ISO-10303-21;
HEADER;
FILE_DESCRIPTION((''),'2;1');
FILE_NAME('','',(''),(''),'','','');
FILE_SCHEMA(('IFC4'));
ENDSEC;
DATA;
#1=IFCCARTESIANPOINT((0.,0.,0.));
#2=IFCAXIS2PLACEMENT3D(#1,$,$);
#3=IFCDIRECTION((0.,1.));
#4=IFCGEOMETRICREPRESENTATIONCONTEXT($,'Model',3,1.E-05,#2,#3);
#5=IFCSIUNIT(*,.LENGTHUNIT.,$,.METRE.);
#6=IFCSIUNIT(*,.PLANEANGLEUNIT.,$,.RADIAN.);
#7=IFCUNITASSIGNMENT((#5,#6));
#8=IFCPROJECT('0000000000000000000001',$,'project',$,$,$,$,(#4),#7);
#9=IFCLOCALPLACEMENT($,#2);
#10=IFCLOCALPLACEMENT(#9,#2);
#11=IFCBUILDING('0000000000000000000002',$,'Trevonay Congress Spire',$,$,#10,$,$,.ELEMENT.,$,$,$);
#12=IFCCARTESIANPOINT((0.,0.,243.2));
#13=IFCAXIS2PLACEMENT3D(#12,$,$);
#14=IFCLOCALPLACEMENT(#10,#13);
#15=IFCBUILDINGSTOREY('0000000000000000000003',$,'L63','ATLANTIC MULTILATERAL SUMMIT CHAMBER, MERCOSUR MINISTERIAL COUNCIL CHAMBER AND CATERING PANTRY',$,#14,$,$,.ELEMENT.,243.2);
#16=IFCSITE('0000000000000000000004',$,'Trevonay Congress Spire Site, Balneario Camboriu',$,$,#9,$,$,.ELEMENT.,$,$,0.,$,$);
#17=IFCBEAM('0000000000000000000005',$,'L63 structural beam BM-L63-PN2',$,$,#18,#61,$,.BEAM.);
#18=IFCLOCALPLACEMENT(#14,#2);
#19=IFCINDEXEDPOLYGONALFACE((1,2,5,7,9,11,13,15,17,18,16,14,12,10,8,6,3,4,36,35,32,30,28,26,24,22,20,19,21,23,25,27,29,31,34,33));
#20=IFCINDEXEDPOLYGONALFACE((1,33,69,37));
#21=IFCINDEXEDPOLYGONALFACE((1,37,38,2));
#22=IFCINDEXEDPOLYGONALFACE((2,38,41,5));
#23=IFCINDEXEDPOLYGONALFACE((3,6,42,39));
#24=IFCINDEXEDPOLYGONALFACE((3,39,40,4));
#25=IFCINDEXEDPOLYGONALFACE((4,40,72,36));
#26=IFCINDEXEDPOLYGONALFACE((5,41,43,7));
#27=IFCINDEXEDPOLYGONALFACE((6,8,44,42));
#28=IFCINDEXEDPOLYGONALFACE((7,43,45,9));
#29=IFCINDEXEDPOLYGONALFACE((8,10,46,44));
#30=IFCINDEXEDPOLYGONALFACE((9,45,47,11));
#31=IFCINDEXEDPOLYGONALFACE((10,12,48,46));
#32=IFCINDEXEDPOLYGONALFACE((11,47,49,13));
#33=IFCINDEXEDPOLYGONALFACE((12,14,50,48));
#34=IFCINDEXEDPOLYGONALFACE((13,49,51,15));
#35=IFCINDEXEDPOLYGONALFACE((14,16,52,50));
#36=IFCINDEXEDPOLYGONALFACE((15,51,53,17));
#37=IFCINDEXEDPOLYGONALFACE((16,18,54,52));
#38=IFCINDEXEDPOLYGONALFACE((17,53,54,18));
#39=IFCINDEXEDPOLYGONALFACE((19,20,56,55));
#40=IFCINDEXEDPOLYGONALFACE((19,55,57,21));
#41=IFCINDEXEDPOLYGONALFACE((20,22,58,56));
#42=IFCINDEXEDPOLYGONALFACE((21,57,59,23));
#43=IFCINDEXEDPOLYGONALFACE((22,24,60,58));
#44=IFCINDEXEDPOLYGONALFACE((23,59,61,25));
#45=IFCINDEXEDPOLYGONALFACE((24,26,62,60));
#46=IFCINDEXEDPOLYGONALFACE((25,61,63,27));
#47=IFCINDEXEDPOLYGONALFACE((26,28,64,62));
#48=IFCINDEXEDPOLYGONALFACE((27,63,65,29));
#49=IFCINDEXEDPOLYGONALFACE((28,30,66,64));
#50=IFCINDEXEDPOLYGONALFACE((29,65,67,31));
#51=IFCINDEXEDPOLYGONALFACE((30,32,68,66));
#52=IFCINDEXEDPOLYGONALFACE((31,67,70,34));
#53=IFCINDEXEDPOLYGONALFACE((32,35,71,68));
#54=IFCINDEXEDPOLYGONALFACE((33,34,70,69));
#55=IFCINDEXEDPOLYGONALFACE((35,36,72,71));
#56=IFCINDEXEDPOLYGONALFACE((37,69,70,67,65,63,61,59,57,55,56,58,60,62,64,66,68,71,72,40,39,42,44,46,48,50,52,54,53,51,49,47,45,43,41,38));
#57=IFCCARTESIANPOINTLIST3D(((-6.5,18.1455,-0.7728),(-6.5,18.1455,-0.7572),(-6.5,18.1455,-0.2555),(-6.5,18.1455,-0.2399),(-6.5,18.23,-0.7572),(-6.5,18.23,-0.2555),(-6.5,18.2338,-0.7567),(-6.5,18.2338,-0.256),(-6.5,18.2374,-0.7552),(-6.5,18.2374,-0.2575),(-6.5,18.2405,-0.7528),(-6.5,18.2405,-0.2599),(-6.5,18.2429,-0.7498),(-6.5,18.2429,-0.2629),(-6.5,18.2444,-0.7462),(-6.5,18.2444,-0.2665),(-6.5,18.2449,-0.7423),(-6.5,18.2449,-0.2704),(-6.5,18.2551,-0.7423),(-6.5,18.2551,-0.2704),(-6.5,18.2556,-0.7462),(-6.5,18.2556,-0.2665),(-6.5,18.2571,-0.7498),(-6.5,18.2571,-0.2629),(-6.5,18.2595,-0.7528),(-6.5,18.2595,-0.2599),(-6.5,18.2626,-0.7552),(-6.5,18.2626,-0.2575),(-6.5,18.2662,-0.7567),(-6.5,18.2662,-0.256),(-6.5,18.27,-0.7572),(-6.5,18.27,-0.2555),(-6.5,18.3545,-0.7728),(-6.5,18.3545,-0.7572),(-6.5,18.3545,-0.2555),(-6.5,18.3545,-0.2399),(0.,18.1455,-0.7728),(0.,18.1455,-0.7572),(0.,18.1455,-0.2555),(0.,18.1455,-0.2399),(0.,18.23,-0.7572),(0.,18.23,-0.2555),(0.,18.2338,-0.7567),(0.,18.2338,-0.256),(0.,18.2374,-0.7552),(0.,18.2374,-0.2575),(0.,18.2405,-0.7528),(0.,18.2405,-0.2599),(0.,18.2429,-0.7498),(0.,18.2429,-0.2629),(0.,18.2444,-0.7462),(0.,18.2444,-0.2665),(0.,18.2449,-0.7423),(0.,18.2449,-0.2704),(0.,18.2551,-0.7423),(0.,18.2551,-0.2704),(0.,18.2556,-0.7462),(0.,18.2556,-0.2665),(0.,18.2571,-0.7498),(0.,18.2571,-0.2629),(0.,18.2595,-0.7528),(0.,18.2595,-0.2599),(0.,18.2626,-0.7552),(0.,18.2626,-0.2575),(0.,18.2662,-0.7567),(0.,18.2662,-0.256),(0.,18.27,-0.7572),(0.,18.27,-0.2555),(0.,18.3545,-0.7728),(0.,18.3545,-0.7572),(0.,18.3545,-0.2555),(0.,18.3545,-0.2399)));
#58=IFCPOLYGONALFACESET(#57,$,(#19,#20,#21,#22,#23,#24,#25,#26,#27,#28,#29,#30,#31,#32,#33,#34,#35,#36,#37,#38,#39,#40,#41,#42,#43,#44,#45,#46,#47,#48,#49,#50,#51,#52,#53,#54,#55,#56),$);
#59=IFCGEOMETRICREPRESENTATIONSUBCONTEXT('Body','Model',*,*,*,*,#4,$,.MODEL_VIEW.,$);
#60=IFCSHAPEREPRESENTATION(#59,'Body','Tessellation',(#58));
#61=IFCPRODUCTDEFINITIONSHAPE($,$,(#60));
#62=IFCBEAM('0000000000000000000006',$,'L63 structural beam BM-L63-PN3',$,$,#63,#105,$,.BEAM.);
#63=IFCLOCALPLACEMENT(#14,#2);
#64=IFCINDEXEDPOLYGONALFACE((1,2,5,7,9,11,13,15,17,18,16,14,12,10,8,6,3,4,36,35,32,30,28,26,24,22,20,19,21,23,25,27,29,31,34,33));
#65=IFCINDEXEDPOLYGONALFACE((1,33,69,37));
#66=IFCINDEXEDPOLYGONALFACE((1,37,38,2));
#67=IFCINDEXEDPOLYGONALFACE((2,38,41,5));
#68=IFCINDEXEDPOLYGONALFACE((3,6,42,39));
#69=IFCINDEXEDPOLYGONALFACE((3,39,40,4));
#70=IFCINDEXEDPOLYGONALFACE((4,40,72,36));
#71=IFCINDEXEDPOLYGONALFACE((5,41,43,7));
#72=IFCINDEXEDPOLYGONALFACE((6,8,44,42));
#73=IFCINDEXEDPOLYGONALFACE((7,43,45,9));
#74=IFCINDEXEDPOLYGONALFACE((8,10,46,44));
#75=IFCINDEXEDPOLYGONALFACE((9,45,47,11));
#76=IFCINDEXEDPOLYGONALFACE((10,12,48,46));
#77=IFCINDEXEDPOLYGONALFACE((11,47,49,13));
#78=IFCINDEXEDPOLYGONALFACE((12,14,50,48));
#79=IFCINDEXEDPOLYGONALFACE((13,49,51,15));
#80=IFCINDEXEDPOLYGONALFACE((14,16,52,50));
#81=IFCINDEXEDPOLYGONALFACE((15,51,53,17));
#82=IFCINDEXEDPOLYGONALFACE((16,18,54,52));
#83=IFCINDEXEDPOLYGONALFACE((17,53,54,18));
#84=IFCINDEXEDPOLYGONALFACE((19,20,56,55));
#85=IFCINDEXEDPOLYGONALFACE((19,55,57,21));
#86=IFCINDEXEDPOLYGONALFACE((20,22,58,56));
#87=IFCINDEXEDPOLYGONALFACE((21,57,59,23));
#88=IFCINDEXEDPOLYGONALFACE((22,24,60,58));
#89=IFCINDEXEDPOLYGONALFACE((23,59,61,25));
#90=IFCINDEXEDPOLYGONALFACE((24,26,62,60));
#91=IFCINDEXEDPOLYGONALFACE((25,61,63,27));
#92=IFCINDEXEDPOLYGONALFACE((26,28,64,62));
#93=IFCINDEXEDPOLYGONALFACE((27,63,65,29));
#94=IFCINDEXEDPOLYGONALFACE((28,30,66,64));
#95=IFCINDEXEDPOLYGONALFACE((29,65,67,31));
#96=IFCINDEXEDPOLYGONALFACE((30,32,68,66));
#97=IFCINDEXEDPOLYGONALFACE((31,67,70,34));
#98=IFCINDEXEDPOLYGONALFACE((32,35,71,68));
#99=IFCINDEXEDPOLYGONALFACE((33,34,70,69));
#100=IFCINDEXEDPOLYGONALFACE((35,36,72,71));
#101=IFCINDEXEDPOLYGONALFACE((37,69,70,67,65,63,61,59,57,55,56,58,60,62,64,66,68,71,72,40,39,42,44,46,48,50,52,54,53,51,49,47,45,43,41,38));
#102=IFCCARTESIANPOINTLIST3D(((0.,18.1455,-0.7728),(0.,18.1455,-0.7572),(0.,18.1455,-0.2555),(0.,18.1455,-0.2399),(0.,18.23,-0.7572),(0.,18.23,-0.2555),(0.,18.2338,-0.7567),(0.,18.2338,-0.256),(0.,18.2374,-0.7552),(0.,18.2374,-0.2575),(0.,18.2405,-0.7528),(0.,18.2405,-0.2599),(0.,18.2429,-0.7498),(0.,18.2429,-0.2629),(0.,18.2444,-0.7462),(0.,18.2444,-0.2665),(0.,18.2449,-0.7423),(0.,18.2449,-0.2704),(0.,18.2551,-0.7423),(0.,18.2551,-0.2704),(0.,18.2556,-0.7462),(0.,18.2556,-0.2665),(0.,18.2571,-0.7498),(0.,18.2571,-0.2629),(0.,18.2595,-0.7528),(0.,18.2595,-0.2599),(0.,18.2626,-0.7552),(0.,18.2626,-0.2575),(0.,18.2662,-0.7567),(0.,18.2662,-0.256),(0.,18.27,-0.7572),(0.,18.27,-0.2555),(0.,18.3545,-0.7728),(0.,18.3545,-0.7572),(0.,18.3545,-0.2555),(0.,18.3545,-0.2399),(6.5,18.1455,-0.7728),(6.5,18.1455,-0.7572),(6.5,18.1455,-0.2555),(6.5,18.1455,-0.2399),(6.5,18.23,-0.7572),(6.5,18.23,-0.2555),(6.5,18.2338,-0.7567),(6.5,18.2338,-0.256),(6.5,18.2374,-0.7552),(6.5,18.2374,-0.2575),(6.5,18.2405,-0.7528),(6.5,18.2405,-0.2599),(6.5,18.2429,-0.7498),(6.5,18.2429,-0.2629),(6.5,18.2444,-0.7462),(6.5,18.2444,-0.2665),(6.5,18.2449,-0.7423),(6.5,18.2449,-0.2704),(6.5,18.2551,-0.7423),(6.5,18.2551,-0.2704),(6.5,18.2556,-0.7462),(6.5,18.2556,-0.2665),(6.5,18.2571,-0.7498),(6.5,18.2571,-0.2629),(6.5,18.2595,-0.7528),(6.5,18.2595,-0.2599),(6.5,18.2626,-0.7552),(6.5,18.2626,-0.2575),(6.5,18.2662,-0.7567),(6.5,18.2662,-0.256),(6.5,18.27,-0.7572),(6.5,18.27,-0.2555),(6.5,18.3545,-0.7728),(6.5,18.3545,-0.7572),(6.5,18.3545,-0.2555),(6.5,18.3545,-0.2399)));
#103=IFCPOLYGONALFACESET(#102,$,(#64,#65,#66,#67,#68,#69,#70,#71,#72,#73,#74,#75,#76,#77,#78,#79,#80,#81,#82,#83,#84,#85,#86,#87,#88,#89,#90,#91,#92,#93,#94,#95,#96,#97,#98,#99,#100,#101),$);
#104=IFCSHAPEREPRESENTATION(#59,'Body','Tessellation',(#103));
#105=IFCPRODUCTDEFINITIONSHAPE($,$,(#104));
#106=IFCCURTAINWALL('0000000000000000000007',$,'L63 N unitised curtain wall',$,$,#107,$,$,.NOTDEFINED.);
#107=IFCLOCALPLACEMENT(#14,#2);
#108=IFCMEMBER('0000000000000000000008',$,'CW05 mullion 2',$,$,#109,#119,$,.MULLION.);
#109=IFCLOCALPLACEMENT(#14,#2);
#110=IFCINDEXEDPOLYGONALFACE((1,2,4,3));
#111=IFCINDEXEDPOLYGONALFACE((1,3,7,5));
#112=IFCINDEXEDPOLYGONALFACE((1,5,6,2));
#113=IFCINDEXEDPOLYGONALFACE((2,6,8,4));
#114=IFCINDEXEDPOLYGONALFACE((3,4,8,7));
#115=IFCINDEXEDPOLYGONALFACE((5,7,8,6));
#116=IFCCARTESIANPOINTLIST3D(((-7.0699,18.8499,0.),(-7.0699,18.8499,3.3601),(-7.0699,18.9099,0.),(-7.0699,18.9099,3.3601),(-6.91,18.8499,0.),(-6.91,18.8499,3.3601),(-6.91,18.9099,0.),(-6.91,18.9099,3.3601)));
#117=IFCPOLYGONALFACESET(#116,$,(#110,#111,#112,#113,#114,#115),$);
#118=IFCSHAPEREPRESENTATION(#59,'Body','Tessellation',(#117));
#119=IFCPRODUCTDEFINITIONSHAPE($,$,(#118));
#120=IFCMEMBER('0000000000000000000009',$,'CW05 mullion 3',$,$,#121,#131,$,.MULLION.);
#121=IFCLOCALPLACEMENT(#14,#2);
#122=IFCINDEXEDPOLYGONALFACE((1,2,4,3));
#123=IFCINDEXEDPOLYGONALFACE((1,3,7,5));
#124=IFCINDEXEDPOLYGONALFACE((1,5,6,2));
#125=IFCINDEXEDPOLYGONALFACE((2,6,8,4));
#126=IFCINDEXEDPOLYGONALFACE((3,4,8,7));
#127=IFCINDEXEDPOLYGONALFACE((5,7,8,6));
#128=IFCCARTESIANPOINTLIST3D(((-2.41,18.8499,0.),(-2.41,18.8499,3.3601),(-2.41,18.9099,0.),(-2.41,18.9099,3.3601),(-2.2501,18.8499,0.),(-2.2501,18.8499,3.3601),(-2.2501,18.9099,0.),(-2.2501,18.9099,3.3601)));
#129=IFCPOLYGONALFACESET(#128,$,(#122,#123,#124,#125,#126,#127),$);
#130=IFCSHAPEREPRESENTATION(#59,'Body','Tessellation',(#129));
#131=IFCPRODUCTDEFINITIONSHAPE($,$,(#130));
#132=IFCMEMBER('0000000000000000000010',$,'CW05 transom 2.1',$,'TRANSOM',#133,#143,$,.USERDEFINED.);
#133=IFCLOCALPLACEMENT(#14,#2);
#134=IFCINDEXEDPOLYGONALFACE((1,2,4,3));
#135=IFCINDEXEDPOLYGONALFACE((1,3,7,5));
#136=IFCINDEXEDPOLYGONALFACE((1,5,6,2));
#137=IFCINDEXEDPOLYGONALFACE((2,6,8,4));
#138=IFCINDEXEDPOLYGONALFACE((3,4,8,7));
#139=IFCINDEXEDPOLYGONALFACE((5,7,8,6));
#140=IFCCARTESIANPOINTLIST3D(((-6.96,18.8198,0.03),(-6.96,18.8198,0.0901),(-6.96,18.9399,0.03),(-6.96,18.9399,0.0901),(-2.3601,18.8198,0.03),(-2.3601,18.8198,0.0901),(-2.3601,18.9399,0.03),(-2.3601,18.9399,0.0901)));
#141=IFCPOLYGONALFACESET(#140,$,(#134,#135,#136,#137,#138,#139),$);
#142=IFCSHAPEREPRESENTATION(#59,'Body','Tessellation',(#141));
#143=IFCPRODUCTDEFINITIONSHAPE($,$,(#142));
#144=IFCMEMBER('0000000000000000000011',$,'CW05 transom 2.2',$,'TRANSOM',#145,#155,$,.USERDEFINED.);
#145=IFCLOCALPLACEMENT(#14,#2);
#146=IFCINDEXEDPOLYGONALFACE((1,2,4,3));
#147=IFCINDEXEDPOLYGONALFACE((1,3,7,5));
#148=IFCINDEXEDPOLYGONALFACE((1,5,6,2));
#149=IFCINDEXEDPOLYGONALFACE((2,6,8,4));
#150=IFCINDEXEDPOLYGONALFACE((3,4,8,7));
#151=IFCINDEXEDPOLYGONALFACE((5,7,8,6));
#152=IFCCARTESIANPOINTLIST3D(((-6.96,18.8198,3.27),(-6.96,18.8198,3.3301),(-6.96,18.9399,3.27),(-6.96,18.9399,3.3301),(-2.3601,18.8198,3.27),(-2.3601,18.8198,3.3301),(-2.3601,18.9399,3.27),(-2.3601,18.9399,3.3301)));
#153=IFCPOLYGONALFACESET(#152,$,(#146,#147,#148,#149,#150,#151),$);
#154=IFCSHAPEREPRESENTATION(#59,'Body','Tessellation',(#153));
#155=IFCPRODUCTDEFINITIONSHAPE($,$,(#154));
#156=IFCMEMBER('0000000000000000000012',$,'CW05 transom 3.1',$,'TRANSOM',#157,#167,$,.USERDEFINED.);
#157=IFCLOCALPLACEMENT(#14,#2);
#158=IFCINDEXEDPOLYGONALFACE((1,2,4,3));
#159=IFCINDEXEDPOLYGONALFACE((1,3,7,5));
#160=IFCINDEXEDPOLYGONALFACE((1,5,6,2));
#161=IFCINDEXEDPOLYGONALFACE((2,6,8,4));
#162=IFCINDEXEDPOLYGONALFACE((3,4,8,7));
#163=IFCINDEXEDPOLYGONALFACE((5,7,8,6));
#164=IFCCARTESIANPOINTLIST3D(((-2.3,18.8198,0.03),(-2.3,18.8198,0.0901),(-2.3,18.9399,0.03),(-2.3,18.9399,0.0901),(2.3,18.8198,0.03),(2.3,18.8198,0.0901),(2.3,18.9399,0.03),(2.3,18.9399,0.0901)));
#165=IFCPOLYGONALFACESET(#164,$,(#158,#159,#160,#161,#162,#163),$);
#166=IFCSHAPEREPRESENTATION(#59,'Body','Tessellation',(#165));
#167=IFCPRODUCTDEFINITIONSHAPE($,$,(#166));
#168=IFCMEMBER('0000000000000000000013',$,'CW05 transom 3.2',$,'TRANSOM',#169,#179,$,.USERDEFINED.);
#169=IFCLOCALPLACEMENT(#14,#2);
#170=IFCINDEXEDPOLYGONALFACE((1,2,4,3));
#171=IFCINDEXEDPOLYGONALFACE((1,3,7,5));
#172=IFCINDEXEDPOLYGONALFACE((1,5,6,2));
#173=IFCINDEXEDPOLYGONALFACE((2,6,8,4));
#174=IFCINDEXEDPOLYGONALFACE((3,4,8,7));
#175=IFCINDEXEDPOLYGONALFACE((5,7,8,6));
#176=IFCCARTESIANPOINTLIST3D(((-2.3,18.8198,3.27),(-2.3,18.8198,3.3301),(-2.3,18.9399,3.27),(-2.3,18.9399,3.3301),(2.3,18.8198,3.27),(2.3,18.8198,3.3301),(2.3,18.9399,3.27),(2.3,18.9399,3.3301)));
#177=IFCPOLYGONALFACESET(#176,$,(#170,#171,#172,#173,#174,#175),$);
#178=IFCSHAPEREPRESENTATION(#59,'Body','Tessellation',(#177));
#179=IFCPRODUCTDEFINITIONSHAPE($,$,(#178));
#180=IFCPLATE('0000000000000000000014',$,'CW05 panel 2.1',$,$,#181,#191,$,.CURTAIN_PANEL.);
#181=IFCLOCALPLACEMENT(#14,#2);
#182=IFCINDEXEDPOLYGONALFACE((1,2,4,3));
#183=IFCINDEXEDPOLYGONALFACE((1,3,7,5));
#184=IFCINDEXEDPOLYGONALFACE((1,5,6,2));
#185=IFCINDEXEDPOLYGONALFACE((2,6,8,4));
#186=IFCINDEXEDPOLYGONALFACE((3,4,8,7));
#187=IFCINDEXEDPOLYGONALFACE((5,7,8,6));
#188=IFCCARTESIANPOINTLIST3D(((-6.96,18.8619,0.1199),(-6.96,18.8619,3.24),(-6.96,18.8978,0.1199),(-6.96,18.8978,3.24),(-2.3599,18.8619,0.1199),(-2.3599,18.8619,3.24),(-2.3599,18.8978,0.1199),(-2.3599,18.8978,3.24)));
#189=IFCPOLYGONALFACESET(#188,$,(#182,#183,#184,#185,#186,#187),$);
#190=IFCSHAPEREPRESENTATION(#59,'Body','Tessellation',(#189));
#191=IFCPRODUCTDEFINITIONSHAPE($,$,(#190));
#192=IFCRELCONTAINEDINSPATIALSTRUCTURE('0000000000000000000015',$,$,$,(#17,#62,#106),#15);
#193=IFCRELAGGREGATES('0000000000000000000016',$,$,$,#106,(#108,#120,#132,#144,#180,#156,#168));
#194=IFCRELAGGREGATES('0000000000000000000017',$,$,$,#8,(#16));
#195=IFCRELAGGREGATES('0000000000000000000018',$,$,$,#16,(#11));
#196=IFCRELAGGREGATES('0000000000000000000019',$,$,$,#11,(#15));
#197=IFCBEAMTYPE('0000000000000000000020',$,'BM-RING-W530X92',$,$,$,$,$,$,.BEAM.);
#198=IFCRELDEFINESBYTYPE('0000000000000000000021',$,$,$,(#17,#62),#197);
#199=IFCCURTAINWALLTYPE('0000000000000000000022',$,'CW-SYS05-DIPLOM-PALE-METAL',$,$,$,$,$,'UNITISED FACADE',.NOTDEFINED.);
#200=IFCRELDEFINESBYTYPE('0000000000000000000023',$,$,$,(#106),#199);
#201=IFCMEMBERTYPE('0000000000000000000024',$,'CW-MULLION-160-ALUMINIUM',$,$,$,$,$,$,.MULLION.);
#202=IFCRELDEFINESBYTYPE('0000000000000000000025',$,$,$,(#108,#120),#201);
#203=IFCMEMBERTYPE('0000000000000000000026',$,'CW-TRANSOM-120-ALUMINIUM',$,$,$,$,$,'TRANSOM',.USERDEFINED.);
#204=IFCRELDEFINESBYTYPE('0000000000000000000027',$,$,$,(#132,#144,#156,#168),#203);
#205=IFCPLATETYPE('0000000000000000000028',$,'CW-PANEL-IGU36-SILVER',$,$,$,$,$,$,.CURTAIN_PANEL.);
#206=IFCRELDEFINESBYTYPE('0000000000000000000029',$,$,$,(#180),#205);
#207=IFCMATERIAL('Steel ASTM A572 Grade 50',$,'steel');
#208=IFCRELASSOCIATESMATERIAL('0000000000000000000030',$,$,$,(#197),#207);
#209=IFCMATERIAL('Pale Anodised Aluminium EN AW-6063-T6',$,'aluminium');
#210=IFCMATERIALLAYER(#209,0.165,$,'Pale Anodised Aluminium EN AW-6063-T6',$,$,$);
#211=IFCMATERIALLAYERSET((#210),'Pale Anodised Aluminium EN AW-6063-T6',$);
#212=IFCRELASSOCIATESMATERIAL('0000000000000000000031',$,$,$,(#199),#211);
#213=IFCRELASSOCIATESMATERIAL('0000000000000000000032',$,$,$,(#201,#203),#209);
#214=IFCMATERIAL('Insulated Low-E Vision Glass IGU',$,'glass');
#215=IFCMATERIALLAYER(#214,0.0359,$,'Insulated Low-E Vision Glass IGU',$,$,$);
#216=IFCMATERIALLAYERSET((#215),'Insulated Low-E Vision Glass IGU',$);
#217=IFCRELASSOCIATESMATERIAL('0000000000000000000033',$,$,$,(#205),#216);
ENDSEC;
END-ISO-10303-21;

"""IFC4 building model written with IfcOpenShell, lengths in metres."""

from ifc_helpers import new_model, si_unit, direction, frame, origin, origin_2d, place, context, subcontext, project, spatial, rectangle, i_section, extrude, material, layer, layer_set, material_profile, profile_set, type_object, element, aggregate, save


model = new_model("IFC4")

# Units and contexts
model_context = context("Model", 3, precision=1e-05, world=origin(), true_north=direction((0.0, 1.0)))
body_context = subcontext(model_context, "Body", "Model", "MODEL_VIEW")
ifc_project = project(units=[si_unit("LENGTHUNIT", "METRE"), si_unit("PLANEANGLEUNIT", "RADIAN")], contexts=[model_context])

# Site, building, storey
site_placement = place(None, origin())
site = spatial("IfcSite", under=ifc_project, at=site_placement, Name="Trevonay Congress Spire Site, Balneario Camboriu", CompositionType="ELEMENT", RefElevation=0.0)
building_placement = place(site_placement, origin())
building = spatial("IfcBuilding", under=site, at=building_placement, Name="Trevonay Congress Spire", CompositionType="ELEMENT")
storey_placement = place(building_placement, frame((0.0, 0.0, 243.2)))
storey = spatial("IfcBuildingStorey", under=building, at=storey_placement, Name="L63", Description="ATLANTIC MULTILATERAL SUMMIT CHAMBER, MERCOSUR MINISTERIAL COUNCIL CHAMBER AND CATERING PANTRY", CompositionType="ELEMENT", Elevation=243.2)

# Shared definitions
ifc_material_1 = material(Name="Steel ASTM A572 Grade 50", Category="steel")

# Beams
ifc_material_profile_1 = material_profile(ifc_material_1, i_section(OverallWidth=0.209, OverallDepth=0.533, WebThickness=0.0103, FlangeThickness=0.0156, FilletRadius=0.0149, at=origin_2d()), Name="W530x92")
ifc_profile_set_1 = profile_set([ifc_material_profile_1], Name="Steel ASTM A572 Grade 50")
beam_type_1 = type_object("IfcBeamType", Name="BM-RING-W530X92", PredefinedType="BEAM", material=ifc_profile_set_1)
for number, where, z_axis, x_axis, name in (
    (1, (-6.5, 18.25, -0.5063), (1.0, 0.0, 0.0), (0.0, 1.0, 0.0), "L63 structural beam BM-L63-PN2"),
    (2, (0.0, 18.25, -0.5063), (1.0, 0.0, 0.0), (0.0, 1.0, 0.0), "L63 structural beam BM-L63-PN3"),
):
    element("IfcBeam", number, at=place(storey_placement, frame(where, z_axis=z_axis, x_axis=x_axis)), inside=storey, type_object=beam_type_1, Name=name, PredefinedType="BEAM", context=body_context, shape_type="SweptSolid", body=[
        extrude(i_section(OverallWidth=0.209, OverallDepth=0.533, WebThickness=0.0103, FlangeThickness=0.0156, FilletRadius=0.0149, at=origin_2d()), origin(), (0.0, 0.0, 1.0), 6.5),
    ])

# Curtain wall, members, plate
ifc_material_2 = material(Name="Pale Anodised Aluminium EN AW-6063-T6", Category="aluminium")
ifc_layer_1 = layer(ifc_material_2, 0.165, Name="Pale Anodised Aluminium EN AW-6063-T6")
ifc_layer_set_1 = layer_set([ifc_layer_1], Name="Pale Anodised Aluminium EN AW-6063-T6")
curtain_wall_type = type_object("IfcCurtainWallType", Name="CW-SYS05-DIPLOM-PALE-METAL", ElementType="UNITISED FACADE", PredefinedType="NOTDEFINED", material=ifc_layer_set_1)
curtain_wall_placement = place(storey_placement, origin())
curtain_wall = element("IfcCurtainWall", 3, at=curtain_wall_placement, inside=storey, type_object=curtain_wall_type, Name="L63 N unitised curtain wall", PredefinedType="NOTDEFINED")
ifc_material_profile_2 = material_profile(ifc_material_2, rectangle(XDim=0.0601, YDim=0.1599, at=origin_2d()), Name="CW-MULLION-160-ALUMINIUM")
ifc_profile_set_2 = profile_set([ifc_material_profile_2], Name="Pale Anodised Aluminium EN AW-6063-T6")
member_type_1 = type_object("IfcMemberType", Name="CW-MULLION-160-ALUMINIUM", PredefinedType="MULLION", material=ifc_profile_set_2)
member_1_placement = place(storey_placement, frame((-6.99, 18.8799, 0.0), z_axis=(0.0, 0.0, 1.0), x_axis=(0.0, 1.0, 0.0)))
member_1 = element("IfcMember", 4, at=member_1_placement, type_object=member_type_1, Name="CW05 mullion 2", PredefinedType="MULLION", context=body_context, shape_type="SweptSolid", body=[
    extrude(rectangle(XDim=0.0601, YDim=0.1599, at=origin_2d()), origin(), (0.0, 0.0, 1.0), 3.3601),
])
member_2_placement = place(storey_placement, frame((-2.3301, 18.8799, 0.0), z_axis=(0.0, 0.0, 1.0), x_axis=(0.0, 1.0, 0.0)))
member_2 = element("IfcMember", 5, at=member_2_placement, type_object=member_type_1, Name="CW05 mullion 3", PredefinedType="MULLION", context=body_context, shape_type="SweptSolid", body=[
    extrude(rectangle(XDim=0.0601, YDim=0.1599, at=origin_2d()), origin(), (0.0, 0.0, 1.0), 3.3601),
])
ifc_material_profile_3 = material_profile(ifc_material_2, rectangle(XDim=0.1201, YDim=0.0601, at=origin_2d()), Name="CW-TRANSOM-120-ALUMINIUM")
ifc_profile_set_3 = profile_set([ifc_material_profile_3], Name="Pale Anodised Aluminium EN AW-6063-T6")
member_type_2 = type_object("IfcMemberType", Name="CW-TRANSOM-120-ALUMINIUM", ElementType="TRANSOM", PredefinedType="USERDEFINED", material=ifc_profile_set_3)
member_3_placement = place(storey_placement, frame((-6.96, 18.8799, 0.0601), z_axis=(1.0, 0.0, 0.0), x_axis=(0.0, 1.0, 0.0)))
member_3 = element("IfcMember", 6, at=member_3_placement, type_object=member_type_2, Name="CW05 transom 2.1", ObjectType="TRANSOM", PredefinedType="USERDEFINED", context=body_context, shape_type="SweptSolid", body=[
    extrude(rectangle(XDim=0.1201, YDim=0.0601, at=origin_2d()), origin(), (0.0, 0.0, 1.0), 4.5999),
])
member_4_placement = place(storey_placement, frame((-6.96, 18.8799, 3.3), z_axis=(1.0, 0.0, 0.0), x_axis=(0.0, 1.0, 0.0)))
member_4 = element("IfcMember", 7, at=member_4_placement, type_object=member_type_2, Name="CW05 transom 2.2", ObjectType="TRANSOM", PredefinedType="USERDEFINED", context=body_context, shape_type="SweptSolid", body=[
    extrude(rectangle(XDim=0.1201, YDim=0.0601, at=origin_2d()), origin(), (0.0, 0.0, 1.0), 4.5999),
])
member_5_placement = place(storey_placement, frame((-2.3, 18.8799, 0.0601), z_axis=(1.0, 0.0, 0.0), x_axis=(0.0, 1.0, 0.0)))
member_5 = element("IfcMember", 8, at=member_5_placement, type_object=member_type_2, Name="CW05 transom 3.1", ObjectType="TRANSOM", PredefinedType="USERDEFINED", context=body_context, shape_type="SweptSolid", body=[
    extrude(rectangle(XDim=0.1201, YDim=0.0601, at=origin_2d()), origin(), (0.0, 0.0, 1.0), 4.6001),
])
member_6_placement = place(storey_placement, frame((-2.3, 18.8799, 3.3), z_axis=(1.0, 0.0, 0.0), x_axis=(0.0, 1.0, 0.0)))
member_6 = element("IfcMember", 9, at=member_6_placement, type_object=member_type_2, Name="CW05 transom 3.2", ObjectType="TRANSOM", PredefinedType="USERDEFINED", context=body_context, shape_type="SweptSolid", body=[
    extrude(rectangle(XDim=0.1201, YDim=0.0601, at=origin_2d()), origin(), (0.0, 0.0, 1.0), 4.6001),
])
ifc_material_3 = material(Name="Insulated Low-E Vision Glass IGU", Category="glass")
ifc_layer_2 = layer(ifc_material_3, 0.0359, Name="Insulated Low-E Vision Glass IGU")
ifc_layer_set_2 = layer_set([ifc_layer_2], Name="Insulated Low-E Vision Glass IGU")
plate_type = type_object("IfcPlateType", Name="CW-PANEL-IGU36-SILVER", PredefinedType="CURTAIN_PANEL", material=ifc_layer_set_2)
plate_1_placement = place(storey_placement, frame((-4.6599, 18.8799, 0.1199), z_axis=(0.0, 0.0, 1.0), x_axis=(1.0, 0.0, 0.0)))
plate_1 = element("IfcPlate", 10, at=plate_1_placement, type_object=plate_type, Name="CW05 panel 2.1", PredefinedType="CURTAIN_PANEL", context=body_context, shape_type="SweptSolid", body=[
    extrude(rectangle(XDim=4.6001, YDim=0.0359, at=origin_2d()), origin(), (0.0, 0.0, 1.0), 3.1201),
])
aggregate(curtain_wall, [member_1, member_2, member_3, member_4, plate_1, member_5, member_6])

save(model, "model.ifc")
